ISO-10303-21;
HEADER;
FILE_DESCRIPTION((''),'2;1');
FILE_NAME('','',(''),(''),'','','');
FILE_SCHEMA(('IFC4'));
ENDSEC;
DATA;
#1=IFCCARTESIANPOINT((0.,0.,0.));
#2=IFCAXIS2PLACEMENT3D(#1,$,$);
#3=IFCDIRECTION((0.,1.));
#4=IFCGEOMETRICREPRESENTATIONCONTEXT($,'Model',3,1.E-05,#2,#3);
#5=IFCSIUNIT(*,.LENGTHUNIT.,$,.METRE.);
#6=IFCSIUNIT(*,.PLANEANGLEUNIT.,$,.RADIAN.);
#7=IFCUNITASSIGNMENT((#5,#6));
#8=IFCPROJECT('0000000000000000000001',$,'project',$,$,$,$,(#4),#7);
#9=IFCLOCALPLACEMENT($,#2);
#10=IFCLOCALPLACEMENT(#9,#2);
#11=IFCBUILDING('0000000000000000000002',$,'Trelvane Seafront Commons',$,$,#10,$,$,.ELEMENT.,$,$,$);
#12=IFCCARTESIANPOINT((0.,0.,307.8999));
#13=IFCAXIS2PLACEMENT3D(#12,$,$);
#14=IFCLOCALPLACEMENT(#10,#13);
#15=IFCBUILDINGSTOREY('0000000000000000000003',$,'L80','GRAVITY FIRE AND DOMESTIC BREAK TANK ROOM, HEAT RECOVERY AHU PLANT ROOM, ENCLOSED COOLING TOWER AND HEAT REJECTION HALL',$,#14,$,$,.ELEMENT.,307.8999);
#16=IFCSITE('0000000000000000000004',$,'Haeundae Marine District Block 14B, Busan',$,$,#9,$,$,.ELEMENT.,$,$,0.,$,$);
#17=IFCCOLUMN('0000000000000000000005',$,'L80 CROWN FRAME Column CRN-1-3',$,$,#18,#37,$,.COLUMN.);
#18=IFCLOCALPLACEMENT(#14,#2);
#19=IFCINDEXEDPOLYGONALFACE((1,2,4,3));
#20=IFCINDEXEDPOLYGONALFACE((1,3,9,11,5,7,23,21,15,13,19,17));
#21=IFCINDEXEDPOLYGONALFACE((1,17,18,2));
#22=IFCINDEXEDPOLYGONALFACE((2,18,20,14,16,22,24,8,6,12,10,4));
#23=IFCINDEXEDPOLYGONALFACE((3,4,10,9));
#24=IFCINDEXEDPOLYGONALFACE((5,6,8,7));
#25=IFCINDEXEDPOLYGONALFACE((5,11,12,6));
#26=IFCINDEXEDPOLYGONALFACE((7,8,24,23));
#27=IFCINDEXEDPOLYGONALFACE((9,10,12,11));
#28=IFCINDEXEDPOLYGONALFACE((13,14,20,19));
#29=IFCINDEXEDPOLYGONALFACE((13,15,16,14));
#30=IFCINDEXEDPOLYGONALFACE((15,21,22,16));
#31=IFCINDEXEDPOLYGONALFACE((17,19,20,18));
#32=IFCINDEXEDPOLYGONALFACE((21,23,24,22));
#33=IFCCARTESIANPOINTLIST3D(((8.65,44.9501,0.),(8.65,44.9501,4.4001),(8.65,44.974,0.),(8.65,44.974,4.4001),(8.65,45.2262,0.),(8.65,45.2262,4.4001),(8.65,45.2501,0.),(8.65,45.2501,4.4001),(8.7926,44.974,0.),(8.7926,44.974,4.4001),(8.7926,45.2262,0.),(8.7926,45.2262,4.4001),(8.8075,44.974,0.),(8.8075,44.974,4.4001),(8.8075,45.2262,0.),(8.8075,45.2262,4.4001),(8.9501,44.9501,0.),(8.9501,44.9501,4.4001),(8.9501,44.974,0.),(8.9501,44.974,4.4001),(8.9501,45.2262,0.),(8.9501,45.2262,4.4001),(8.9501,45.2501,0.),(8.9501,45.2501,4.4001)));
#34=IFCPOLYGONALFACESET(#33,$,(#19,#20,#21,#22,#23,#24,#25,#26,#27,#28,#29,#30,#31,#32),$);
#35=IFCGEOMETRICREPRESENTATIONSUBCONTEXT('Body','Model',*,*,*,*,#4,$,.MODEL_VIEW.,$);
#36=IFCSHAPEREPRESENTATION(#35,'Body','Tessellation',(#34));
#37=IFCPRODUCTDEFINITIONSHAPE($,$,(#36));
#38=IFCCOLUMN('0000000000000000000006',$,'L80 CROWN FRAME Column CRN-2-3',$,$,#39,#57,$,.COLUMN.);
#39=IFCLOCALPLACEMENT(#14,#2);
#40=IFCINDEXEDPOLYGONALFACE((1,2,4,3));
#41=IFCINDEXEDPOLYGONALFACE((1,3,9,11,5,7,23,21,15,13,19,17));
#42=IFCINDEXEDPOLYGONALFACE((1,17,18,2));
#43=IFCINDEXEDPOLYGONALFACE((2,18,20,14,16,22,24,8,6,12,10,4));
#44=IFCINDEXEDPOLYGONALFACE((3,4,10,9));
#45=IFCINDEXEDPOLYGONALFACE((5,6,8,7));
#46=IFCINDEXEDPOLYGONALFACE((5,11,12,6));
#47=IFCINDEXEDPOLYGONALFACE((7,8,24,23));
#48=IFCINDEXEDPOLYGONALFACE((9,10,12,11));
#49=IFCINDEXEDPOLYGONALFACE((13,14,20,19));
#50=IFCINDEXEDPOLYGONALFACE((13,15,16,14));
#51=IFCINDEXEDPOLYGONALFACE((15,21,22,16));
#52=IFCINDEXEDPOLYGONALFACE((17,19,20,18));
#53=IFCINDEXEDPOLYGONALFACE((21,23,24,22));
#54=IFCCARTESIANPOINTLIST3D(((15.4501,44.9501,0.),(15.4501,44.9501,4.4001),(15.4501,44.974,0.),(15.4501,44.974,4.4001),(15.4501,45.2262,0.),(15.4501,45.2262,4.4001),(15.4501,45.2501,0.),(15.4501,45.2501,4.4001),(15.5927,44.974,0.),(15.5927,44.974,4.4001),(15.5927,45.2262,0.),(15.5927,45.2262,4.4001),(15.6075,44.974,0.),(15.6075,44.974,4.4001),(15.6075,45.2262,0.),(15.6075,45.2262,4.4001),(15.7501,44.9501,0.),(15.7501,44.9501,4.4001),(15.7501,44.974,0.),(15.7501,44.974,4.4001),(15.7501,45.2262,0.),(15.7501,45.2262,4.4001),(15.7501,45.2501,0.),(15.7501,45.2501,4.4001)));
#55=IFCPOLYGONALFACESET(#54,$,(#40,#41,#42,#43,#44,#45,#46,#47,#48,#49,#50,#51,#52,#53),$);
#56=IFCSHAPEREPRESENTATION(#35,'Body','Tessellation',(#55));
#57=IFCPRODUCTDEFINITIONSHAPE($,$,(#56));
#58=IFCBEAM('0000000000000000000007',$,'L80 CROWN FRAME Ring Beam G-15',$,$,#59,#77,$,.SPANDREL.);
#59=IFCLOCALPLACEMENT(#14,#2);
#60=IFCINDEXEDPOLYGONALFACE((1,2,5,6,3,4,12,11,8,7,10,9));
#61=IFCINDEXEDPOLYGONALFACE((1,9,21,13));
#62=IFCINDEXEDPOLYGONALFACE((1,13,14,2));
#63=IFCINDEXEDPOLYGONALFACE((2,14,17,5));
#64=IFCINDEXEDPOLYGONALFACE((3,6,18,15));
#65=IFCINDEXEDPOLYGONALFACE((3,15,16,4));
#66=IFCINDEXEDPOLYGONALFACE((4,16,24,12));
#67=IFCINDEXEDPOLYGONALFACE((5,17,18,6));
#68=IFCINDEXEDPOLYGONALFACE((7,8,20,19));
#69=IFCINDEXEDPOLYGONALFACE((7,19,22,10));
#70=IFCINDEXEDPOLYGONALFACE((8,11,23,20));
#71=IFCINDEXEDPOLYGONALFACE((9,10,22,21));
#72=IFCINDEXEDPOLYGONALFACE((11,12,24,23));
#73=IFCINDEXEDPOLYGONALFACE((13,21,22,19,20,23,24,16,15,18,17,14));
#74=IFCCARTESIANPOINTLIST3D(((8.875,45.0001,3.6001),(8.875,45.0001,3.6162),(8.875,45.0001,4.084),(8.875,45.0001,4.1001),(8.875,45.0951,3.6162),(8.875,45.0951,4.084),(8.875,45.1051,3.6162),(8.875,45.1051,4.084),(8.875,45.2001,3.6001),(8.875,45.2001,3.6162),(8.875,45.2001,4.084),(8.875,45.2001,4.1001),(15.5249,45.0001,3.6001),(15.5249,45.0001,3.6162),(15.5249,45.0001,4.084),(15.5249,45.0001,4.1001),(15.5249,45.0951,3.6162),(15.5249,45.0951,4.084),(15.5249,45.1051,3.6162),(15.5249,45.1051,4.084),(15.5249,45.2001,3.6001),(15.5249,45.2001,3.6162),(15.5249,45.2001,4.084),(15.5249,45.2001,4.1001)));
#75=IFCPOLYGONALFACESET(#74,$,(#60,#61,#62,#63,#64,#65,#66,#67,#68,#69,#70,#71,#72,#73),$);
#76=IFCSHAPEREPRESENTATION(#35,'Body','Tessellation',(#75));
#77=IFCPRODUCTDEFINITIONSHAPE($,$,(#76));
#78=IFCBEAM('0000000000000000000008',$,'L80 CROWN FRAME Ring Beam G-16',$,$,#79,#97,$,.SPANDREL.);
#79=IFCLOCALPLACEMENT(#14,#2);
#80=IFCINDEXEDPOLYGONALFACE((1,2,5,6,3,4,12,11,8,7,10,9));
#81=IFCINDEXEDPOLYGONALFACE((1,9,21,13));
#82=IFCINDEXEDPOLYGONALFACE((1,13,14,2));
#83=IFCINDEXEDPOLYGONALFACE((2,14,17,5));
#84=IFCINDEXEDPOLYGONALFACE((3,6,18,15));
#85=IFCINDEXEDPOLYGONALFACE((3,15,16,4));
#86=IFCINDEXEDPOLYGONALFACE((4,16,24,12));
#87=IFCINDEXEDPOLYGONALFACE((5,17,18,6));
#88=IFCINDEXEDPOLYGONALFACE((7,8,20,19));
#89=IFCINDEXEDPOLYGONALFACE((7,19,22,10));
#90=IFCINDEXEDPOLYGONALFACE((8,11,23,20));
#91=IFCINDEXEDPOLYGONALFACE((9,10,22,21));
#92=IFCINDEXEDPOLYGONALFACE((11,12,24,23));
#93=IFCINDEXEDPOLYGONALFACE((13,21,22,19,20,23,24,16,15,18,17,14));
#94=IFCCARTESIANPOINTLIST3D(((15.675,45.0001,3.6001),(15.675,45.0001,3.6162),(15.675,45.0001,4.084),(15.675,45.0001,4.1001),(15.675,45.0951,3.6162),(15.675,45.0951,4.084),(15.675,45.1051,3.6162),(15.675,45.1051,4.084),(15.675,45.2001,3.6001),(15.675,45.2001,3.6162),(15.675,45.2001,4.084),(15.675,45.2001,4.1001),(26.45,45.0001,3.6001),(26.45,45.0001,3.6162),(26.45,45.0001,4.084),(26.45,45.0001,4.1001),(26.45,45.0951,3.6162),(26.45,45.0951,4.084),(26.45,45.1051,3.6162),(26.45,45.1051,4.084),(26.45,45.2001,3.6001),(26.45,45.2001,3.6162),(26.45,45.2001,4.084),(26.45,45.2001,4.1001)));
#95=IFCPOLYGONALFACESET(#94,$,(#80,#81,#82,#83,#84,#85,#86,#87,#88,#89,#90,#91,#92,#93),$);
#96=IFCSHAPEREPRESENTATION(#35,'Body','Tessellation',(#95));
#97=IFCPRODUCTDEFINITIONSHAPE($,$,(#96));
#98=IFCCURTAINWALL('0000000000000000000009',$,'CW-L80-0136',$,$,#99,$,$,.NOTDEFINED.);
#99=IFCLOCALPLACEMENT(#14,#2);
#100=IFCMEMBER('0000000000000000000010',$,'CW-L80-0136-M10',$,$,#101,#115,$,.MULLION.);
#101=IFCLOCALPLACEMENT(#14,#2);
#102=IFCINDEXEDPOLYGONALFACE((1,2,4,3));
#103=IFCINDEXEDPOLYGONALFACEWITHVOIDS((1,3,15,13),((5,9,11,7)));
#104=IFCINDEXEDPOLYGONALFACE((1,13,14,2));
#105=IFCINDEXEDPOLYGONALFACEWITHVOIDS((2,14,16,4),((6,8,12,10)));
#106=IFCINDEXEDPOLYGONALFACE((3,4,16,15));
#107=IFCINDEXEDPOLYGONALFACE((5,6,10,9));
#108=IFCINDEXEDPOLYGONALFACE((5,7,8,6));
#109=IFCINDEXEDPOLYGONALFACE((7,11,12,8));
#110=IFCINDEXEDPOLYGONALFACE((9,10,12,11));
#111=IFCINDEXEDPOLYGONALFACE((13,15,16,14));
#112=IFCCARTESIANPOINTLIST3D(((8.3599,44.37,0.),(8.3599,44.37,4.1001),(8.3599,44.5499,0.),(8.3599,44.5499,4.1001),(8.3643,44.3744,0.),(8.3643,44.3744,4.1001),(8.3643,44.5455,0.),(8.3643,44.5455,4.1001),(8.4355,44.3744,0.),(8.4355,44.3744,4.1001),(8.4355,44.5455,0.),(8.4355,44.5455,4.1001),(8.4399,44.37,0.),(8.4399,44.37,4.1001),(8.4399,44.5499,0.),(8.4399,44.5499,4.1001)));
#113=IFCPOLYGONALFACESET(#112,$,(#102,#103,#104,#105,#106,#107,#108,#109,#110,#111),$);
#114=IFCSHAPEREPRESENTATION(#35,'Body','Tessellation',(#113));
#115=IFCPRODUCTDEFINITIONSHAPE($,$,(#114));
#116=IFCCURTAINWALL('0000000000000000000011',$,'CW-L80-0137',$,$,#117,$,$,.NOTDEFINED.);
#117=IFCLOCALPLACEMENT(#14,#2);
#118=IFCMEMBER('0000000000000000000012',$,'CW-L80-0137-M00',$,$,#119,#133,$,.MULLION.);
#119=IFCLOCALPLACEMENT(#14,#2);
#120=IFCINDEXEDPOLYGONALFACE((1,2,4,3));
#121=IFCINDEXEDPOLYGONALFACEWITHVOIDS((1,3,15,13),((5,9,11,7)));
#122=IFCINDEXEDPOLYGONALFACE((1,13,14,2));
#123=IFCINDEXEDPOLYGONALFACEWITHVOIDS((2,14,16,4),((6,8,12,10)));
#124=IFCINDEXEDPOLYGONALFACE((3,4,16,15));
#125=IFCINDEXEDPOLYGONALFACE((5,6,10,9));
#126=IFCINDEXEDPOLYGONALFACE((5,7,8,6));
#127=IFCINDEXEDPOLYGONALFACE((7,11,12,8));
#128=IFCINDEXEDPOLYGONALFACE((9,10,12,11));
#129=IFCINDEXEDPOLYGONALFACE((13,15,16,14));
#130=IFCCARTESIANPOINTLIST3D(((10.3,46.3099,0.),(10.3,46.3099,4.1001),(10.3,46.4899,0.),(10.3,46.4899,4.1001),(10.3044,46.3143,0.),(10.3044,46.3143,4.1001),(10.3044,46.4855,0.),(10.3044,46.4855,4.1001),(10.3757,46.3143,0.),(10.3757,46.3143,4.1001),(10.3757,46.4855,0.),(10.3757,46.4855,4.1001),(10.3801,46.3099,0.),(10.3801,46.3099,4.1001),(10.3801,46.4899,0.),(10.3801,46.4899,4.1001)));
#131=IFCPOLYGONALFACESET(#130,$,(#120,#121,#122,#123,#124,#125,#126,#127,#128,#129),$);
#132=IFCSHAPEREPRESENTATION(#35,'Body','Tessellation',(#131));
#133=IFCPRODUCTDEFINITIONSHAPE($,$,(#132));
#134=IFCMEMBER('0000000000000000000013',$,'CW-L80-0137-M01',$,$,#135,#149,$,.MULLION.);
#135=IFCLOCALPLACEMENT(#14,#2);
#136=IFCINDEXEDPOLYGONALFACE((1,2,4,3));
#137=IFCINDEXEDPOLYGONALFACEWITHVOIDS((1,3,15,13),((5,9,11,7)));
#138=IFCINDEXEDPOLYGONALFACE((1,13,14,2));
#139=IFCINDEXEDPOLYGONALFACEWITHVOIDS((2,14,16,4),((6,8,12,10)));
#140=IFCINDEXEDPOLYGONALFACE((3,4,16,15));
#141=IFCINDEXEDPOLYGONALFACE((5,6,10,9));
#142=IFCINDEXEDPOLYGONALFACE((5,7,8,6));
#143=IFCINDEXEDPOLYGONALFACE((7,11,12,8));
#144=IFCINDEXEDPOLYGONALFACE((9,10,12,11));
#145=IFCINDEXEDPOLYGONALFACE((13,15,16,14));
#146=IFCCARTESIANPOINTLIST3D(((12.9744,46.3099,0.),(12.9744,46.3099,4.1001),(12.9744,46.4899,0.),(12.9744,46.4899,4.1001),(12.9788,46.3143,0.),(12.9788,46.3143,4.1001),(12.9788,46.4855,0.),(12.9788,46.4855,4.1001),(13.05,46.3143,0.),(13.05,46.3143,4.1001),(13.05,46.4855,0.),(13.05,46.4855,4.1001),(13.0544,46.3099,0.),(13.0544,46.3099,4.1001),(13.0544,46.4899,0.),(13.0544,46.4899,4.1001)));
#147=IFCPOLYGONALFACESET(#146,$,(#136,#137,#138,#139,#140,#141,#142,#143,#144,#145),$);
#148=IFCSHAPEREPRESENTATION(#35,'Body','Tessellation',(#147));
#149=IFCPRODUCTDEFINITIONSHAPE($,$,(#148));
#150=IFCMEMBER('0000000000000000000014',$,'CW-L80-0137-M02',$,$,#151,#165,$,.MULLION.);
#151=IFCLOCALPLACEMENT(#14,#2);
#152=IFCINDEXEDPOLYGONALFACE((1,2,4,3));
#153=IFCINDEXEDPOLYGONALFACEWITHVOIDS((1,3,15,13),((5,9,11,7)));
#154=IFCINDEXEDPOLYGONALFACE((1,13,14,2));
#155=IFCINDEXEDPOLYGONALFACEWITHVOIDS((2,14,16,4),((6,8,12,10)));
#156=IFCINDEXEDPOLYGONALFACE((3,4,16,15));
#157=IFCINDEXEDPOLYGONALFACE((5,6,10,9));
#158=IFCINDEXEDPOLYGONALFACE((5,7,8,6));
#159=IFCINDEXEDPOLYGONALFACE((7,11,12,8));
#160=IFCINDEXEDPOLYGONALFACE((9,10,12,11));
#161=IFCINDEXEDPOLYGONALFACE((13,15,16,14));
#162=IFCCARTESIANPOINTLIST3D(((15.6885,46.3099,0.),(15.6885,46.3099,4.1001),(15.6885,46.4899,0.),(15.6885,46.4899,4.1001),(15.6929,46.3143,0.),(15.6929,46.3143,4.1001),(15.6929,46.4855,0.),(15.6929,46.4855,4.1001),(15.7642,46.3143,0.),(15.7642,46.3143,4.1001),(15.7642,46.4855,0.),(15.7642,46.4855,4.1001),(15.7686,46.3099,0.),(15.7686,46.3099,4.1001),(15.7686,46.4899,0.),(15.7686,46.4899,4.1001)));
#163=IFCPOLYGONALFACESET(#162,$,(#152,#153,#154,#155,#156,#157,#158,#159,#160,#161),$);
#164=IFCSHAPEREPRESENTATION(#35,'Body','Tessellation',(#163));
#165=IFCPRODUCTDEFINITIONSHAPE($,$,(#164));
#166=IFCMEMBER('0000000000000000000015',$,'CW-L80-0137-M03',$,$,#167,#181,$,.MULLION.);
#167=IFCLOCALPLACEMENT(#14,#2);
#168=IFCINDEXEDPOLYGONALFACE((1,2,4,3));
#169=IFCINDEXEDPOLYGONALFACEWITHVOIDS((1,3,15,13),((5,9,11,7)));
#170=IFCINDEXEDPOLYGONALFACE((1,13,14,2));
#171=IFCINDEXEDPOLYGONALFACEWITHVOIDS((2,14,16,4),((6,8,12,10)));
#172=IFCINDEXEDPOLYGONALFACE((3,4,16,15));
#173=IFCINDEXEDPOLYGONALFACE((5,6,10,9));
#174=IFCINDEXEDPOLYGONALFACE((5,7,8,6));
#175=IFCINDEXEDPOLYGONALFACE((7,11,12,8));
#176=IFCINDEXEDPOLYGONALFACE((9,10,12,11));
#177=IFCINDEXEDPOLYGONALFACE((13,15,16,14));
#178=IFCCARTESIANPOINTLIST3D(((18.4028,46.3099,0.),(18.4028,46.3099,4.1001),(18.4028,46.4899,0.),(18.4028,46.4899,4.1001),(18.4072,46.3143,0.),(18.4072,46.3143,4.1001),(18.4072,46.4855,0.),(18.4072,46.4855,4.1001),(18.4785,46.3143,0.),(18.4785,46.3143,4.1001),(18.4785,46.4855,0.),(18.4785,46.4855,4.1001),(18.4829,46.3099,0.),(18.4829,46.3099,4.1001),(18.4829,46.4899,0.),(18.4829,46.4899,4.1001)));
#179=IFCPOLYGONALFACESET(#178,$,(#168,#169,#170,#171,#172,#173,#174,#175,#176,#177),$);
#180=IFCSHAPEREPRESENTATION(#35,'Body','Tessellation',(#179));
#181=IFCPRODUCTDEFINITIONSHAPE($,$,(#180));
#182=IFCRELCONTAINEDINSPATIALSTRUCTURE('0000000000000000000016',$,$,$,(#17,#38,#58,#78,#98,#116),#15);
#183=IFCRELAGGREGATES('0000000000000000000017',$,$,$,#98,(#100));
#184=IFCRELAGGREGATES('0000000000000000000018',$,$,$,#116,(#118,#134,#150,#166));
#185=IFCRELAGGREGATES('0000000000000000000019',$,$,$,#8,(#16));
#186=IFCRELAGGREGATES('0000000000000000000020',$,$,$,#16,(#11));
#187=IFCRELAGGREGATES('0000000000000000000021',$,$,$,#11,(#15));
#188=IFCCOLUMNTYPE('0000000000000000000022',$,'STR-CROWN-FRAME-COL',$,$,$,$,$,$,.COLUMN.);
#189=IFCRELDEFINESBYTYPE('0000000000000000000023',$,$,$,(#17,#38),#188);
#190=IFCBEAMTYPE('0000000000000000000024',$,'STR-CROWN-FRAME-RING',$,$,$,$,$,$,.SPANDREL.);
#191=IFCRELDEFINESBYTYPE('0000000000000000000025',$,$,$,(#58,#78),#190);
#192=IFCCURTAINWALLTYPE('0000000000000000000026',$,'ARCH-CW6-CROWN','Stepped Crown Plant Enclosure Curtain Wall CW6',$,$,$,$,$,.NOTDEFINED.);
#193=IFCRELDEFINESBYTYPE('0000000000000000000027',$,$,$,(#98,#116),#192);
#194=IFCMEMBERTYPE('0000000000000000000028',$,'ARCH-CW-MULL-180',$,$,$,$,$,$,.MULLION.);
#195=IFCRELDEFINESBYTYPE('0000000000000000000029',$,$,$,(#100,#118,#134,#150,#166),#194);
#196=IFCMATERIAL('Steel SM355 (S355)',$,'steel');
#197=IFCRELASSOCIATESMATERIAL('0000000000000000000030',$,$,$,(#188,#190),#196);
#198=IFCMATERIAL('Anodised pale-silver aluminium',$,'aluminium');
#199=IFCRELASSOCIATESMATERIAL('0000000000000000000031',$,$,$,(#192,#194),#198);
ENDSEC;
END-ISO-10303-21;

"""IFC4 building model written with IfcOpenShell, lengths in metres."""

from ifc_helpers import new_model, si_unit, direction, frame, origin, origin_2d, place, context, subcontext, project, spatial, hollow_rectangle, i_section, extrude, source, transform, mapped, material, material_profile, profile_set, type_object, element, aggregate, save


model = new_model("IFC4")

# Units and contexts
model_context = context("Model", 3, precision=1e-05, world=origin(), true_north=direction((0.0, 1.0)))
body_context = subcontext(model_context, "Body", "Model", "MODEL_VIEW")
ifc_project = project(units=[si_unit("LENGTHUNIT", "METRE"), si_unit("PLANEANGLEUNIT", "RADIAN")], contexts=[model_context])

# Site, building, storey
site_placement = place(None, origin())
site = spatial("IfcSite", under=ifc_project, at=site_placement, Name="Haeundae Marine District Block 14B, Busan", CompositionType="ELEMENT", RefElevation=0.0)
building_placement = place(site_placement, origin())
building = spatial("IfcBuilding", under=site, at=building_placement, Name="Trelvane Seafront Commons", CompositionType="ELEMENT")
storey_placement = place(building_placement, frame((0.0, 0.0, 307.8999)))
storey = spatial("IfcBuildingStorey", under=building, at=storey_placement, Name="L80", Description="GRAVITY FIRE AND DOMESTIC BREAK TANK ROOM, HEAT RECOVERY AHU PLANT ROOM, ENCLOSED COOLING TOWER AND HEAT REJECTION HALL", CompositionType="ELEMENT", Elevation=307.8999)

# Columns
ifc_material_1 = material(Name="Steel SM355 (S355)", Category="steel")
ifc_material_profile_1 = material_profile(ifc_material_1, i_section(OverallWidth=0.3, OverallDepth=0.3, WebThickness=0.0149, FlangeThickness=0.0239, at=origin_2d()), Name="HD-300x300x15x24")
ifc_profile_set_1 = profile_set([ifc_material_profile_1], Name="Steel SM355 (S355)")
column_type = type_object("IfcColumnType", Name="STR-CROWN-FRAME-COL", PredefinedType="COLUMN", material=ifc_profile_set_1)
shared_shape_1 = source(origin(), body_context, "Body", "SweptSolid", [
    extrude(i_section(OverallWidth=0.3, OverallDepth=0.3, WebThickness=0.0149, FlangeThickness=0.0239, at=origin_2d()), origin(), (0.0, 0.0, 1.0), 4.4001),
])
for number, where, z_axis, x_axis, name in (
    (1, (8.8, 45.1001, 0.0), (0.0, 0.0, 1.0), (1.0, 0.0, 0.0), "L80 CROWN FRAME Column CRN-1-3"),
    (2, (15.6001, 45.1001, 0.0), (0.0, 0.0, 1.0), (1.0, 0.0, 0.0), "L80 CROWN FRAME Column CRN-2-3"),
):
    element("IfcColumn", number, at=place(storey_placement, frame(where, z_axis=z_axis, x_axis=x_axis)), inside=storey, type_object=column_type, Name=name, PredefinedType="COLUMN", context=body_context, shape_type="MappedRepresentation", body=[
        mapped(shared_shape_1, transform((0.0, 0.0, 0.0), x_axis=(1.0, 0.0, 0.0), y_axis=(0.0, 1.0, 0.0), z_axis=(0.0, 0.0, 1.0), scale=1.0)),
    ])

# Beams
ifc_material_profile_2 = material_profile(ifc_material_1, i_section(OverallWidth=0.2, OverallDepth=0.5, WebThickness=0.01, FlangeThickness=0.0161, at=origin_2d()), Name="H-500x200x10x16")
ifc_profile_set_2 = profile_set([ifc_material_profile_2], Name="Steel SM355 (S355)")
beam_type = type_object("IfcBeamType", Name="STR-CROWN-FRAME-RING", PredefinedType="SPANDREL", material=ifc_profile_set_2)
shared_shape_2 = source(origin(), body_context, "Body", "SweptSolid", [
    extrude(i_section(OverallWidth=0.2, OverallDepth=0.5, WebThickness=0.01, FlangeThickness=0.0161, at=origin_2d()), origin(), (0.0, 0.0, 1.0), 6.6499),
])
beam_1_placement = place(storey_placement, frame((8.875, 45.1001, 3.8501), z_axis=(1.0, 0.0, 0.0), x_axis=(0.0, 1.0, 0.0)))
element("IfcBeam", 3, at=beam_1_placement, inside=storey, type_object=beam_type, Name="L80 CROWN FRAME Ring Beam G-15", PredefinedType="SPANDREL", context=body_context, shape_type="MappedRepresentation", body=[
    mapped(shared_shape_2, transform((0.0, 0.0, 0.0), x_axis=(1.0, 0.0, 0.0), y_axis=(0.0, 1.0, 0.0), z_axis=(0.0, 0.0, 1.0), scale=1.0)),
])
shared_shape_3 = source(origin(), body_context, "Body", "SweptSolid", [
    extrude(i_section(OverallWidth=0.2, OverallDepth=0.5, WebThickness=0.01, FlangeThickness=0.0161, at=origin_2d()), origin(), (0.0, 0.0, 1.0), 10.7749),
])
beam_2_placement = place(storey_placement, frame((15.675, 45.1001, 3.8501), z_axis=(1.0, 0.0, 0.0), x_axis=(0.0, 1.0, 0.0)))
element("IfcBeam", 4, at=beam_2_placement, inside=storey, type_object=beam_type, Name="L80 CROWN FRAME Ring Beam G-16", PredefinedType="SPANDREL", context=body_context, shape_type="MappedRepresentation", body=[
    mapped(shared_shape_3, transform((0.0, 0.0, 0.0), x_axis=(1.0, 0.0, 0.0), y_axis=(0.0, 1.0, 0.0), z_axis=(0.0, 0.0, 1.0), scale=1.0)),
])

# Curtain wall, member
ifc_material_2 = material(Name="Anodised pale-silver aluminium", Category="aluminium")
curtain_wall_type = type_object("IfcCurtainWallType", Name="ARCH-CW6-CROWN", Description="Stepped Crown Plant Enclosure Curtain Wall CW6", PredefinedType="NOTDEFINED", material=ifc_material_2)
curtain_wall_1_placement = place(storey_placement, origin())
curtain_wall_1 = element("IfcCurtainWall", 5, at=curtain_wall_1_placement, inside=storey, type_object=curtain_wall_type, Name="CW-L80-0136", PredefinedType="NOTDEFINED")
ifc_material_profile_3 = material_profile(ifc_material_2, hollow_rectangle(XDim=0.0801, YDim=0.1799, WallThickness=0.0044, at=origin_2d()), Name="MULL-80x180x4.5")
ifc_profile_set_3 = profile_set([ifc_material_profile_3], Name="Anodised pale-silver aluminium")
member_type_1 = type_object("IfcMemberType", Name="ARCH-CW-MULL-180", PredefinedType="MULLION", material=ifc_profile_set_3)
shared_shape_4 = source(origin(), body_context, "Body", "SweptSolid", [
    extrude(hollow_rectangle(XDim=0.0801, YDim=0.1799, WallThickness=0.0044, at=origin_2d()), origin(), (0.0, 0.0, 1.0), 4.1001),
])
member_1_placement = place(storey_placement, frame((8.3999, 44.46, 0.0), z_axis=(0.0, 0.0, 1.0), x_axis=(1.0, 0.0, 0.0)))
member_1 = element("IfcMember", 6, at=member_1_placement, type_object=member_type_1, Name="CW-L80-0136-M10", PredefinedType="MULLION", context=body_context, shape_type="MappedRepresentation", body=[
    mapped(shared_shape_4, transform((0.0, 0.0, 0.0), x_axis=(1.0, 0.0, 0.0), y_axis=(0.0, 1.0, 0.0), z_axis=(0.0, 0.0, 1.0), scale=1.0)),
])
aggregate(curtain_wall_1, [member_1])

# Curtain wall, members
curtain_wall_2_placement = place(storey_placement, origin())
curtain_wall_2 = element("IfcCurtainWall", 7, at=curtain_wall_2_placement, inside=storey, type_object=curtain_wall_type, Name="CW-L80-0137", PredefinedType="NOTDEFINED")
member_2_placement = place(storey_placement, frame((10.3401, 46.3999, 0.0), z_axis=(0.0, 0.0, 1.0), x_axis=(1.0, 0.0, 0.0)))
member_2 = element("IfcMember", 8, at=member_2_placement, type_object=member_type_1, Name="CW-L80-0137-M00", PredefinedType="MULLION", context=body_context, shape_type="MappedRepresentation", body=[
    mapped(shared_shape_4, transform((0.0, 0.0, 0.0), x_axis=(1.0, 0.0, 0.0), y_axis=(0.0, 1.0, 0.0), z_axis=(0.0, 0.0, 1.0), scale=1.0)),
])
member_3_placement = place(storey_placement, frame((13.0144, 46.3999, 0.0), z_axis=(0.0, 0.0, 1.0), x_axis=(1.0, 0.0, 0.0)))
member_3 = element("IfcMember", 9, at=member_3_placement, type_object=member_type_1, Name="CW-L80-0137-M01", PredefinedType="MULLION", context=body_context, shape_type="MappedRepresentation", body=[
    mapped(shared_shape_4, transform((0.0, 0.0, 0.0), x_axis=(1.0, 0.0, 0.0), y_axis=(0.0, 1.0, 0.0), z_axis=(0.0, 0.0, 1.0), scale=1.0)),
])
member_4_placement = place(storey_placement, frame((15.7285, 46.3999, 0.0), z_axis=(0.0, 0.0, 1.0), x_axis=(1.0, 0.0, 0.0)))
member_4 = element("IfcMember", 10, at=member_4_placement, type_object=member_type_1, Name="CW-L80-0137-M02", PredefinedType="MULLION", context=body_context, shape_type="MappedRepresentation", body=[
    mapped(shared_shape_4, transform((0.0, 0.0, 0.0), x_axis=(1.0, 0.0, 0.0), y_axis=(0.0, 1.0, 0.0), z_axis=(0.0, 0.0, 1.0), scale=1.0)),
])
member_5_placement = place(storey_placement, frame((18.4429, 46.3999, 0.0), z_axis=(0.0, 0.0, 1.0), x_axis=(1.0, 0.0, 0.0)))
member_5 = element("IfcMember", 11, at=member_5_placement, type_object=member_type_1, Name="CW-L80-0137-M03", PredefinedType="MULLION", context=body_context, shape_type="MappedRepresentation", body=[
    mapped(shared_shape_4, transform((0.0, 0.0, 0.0), x_axis=(1.0, 0.0, 0.0), y_axis=(0.0, 1.0, 0.0), z_axis=(0.0, 0.0, 1.0), scale=1.0)),
])
aggregate(curtain_wall_2, [member_2, member_3, member_4, member_5])

save(model, "model.ifc")
